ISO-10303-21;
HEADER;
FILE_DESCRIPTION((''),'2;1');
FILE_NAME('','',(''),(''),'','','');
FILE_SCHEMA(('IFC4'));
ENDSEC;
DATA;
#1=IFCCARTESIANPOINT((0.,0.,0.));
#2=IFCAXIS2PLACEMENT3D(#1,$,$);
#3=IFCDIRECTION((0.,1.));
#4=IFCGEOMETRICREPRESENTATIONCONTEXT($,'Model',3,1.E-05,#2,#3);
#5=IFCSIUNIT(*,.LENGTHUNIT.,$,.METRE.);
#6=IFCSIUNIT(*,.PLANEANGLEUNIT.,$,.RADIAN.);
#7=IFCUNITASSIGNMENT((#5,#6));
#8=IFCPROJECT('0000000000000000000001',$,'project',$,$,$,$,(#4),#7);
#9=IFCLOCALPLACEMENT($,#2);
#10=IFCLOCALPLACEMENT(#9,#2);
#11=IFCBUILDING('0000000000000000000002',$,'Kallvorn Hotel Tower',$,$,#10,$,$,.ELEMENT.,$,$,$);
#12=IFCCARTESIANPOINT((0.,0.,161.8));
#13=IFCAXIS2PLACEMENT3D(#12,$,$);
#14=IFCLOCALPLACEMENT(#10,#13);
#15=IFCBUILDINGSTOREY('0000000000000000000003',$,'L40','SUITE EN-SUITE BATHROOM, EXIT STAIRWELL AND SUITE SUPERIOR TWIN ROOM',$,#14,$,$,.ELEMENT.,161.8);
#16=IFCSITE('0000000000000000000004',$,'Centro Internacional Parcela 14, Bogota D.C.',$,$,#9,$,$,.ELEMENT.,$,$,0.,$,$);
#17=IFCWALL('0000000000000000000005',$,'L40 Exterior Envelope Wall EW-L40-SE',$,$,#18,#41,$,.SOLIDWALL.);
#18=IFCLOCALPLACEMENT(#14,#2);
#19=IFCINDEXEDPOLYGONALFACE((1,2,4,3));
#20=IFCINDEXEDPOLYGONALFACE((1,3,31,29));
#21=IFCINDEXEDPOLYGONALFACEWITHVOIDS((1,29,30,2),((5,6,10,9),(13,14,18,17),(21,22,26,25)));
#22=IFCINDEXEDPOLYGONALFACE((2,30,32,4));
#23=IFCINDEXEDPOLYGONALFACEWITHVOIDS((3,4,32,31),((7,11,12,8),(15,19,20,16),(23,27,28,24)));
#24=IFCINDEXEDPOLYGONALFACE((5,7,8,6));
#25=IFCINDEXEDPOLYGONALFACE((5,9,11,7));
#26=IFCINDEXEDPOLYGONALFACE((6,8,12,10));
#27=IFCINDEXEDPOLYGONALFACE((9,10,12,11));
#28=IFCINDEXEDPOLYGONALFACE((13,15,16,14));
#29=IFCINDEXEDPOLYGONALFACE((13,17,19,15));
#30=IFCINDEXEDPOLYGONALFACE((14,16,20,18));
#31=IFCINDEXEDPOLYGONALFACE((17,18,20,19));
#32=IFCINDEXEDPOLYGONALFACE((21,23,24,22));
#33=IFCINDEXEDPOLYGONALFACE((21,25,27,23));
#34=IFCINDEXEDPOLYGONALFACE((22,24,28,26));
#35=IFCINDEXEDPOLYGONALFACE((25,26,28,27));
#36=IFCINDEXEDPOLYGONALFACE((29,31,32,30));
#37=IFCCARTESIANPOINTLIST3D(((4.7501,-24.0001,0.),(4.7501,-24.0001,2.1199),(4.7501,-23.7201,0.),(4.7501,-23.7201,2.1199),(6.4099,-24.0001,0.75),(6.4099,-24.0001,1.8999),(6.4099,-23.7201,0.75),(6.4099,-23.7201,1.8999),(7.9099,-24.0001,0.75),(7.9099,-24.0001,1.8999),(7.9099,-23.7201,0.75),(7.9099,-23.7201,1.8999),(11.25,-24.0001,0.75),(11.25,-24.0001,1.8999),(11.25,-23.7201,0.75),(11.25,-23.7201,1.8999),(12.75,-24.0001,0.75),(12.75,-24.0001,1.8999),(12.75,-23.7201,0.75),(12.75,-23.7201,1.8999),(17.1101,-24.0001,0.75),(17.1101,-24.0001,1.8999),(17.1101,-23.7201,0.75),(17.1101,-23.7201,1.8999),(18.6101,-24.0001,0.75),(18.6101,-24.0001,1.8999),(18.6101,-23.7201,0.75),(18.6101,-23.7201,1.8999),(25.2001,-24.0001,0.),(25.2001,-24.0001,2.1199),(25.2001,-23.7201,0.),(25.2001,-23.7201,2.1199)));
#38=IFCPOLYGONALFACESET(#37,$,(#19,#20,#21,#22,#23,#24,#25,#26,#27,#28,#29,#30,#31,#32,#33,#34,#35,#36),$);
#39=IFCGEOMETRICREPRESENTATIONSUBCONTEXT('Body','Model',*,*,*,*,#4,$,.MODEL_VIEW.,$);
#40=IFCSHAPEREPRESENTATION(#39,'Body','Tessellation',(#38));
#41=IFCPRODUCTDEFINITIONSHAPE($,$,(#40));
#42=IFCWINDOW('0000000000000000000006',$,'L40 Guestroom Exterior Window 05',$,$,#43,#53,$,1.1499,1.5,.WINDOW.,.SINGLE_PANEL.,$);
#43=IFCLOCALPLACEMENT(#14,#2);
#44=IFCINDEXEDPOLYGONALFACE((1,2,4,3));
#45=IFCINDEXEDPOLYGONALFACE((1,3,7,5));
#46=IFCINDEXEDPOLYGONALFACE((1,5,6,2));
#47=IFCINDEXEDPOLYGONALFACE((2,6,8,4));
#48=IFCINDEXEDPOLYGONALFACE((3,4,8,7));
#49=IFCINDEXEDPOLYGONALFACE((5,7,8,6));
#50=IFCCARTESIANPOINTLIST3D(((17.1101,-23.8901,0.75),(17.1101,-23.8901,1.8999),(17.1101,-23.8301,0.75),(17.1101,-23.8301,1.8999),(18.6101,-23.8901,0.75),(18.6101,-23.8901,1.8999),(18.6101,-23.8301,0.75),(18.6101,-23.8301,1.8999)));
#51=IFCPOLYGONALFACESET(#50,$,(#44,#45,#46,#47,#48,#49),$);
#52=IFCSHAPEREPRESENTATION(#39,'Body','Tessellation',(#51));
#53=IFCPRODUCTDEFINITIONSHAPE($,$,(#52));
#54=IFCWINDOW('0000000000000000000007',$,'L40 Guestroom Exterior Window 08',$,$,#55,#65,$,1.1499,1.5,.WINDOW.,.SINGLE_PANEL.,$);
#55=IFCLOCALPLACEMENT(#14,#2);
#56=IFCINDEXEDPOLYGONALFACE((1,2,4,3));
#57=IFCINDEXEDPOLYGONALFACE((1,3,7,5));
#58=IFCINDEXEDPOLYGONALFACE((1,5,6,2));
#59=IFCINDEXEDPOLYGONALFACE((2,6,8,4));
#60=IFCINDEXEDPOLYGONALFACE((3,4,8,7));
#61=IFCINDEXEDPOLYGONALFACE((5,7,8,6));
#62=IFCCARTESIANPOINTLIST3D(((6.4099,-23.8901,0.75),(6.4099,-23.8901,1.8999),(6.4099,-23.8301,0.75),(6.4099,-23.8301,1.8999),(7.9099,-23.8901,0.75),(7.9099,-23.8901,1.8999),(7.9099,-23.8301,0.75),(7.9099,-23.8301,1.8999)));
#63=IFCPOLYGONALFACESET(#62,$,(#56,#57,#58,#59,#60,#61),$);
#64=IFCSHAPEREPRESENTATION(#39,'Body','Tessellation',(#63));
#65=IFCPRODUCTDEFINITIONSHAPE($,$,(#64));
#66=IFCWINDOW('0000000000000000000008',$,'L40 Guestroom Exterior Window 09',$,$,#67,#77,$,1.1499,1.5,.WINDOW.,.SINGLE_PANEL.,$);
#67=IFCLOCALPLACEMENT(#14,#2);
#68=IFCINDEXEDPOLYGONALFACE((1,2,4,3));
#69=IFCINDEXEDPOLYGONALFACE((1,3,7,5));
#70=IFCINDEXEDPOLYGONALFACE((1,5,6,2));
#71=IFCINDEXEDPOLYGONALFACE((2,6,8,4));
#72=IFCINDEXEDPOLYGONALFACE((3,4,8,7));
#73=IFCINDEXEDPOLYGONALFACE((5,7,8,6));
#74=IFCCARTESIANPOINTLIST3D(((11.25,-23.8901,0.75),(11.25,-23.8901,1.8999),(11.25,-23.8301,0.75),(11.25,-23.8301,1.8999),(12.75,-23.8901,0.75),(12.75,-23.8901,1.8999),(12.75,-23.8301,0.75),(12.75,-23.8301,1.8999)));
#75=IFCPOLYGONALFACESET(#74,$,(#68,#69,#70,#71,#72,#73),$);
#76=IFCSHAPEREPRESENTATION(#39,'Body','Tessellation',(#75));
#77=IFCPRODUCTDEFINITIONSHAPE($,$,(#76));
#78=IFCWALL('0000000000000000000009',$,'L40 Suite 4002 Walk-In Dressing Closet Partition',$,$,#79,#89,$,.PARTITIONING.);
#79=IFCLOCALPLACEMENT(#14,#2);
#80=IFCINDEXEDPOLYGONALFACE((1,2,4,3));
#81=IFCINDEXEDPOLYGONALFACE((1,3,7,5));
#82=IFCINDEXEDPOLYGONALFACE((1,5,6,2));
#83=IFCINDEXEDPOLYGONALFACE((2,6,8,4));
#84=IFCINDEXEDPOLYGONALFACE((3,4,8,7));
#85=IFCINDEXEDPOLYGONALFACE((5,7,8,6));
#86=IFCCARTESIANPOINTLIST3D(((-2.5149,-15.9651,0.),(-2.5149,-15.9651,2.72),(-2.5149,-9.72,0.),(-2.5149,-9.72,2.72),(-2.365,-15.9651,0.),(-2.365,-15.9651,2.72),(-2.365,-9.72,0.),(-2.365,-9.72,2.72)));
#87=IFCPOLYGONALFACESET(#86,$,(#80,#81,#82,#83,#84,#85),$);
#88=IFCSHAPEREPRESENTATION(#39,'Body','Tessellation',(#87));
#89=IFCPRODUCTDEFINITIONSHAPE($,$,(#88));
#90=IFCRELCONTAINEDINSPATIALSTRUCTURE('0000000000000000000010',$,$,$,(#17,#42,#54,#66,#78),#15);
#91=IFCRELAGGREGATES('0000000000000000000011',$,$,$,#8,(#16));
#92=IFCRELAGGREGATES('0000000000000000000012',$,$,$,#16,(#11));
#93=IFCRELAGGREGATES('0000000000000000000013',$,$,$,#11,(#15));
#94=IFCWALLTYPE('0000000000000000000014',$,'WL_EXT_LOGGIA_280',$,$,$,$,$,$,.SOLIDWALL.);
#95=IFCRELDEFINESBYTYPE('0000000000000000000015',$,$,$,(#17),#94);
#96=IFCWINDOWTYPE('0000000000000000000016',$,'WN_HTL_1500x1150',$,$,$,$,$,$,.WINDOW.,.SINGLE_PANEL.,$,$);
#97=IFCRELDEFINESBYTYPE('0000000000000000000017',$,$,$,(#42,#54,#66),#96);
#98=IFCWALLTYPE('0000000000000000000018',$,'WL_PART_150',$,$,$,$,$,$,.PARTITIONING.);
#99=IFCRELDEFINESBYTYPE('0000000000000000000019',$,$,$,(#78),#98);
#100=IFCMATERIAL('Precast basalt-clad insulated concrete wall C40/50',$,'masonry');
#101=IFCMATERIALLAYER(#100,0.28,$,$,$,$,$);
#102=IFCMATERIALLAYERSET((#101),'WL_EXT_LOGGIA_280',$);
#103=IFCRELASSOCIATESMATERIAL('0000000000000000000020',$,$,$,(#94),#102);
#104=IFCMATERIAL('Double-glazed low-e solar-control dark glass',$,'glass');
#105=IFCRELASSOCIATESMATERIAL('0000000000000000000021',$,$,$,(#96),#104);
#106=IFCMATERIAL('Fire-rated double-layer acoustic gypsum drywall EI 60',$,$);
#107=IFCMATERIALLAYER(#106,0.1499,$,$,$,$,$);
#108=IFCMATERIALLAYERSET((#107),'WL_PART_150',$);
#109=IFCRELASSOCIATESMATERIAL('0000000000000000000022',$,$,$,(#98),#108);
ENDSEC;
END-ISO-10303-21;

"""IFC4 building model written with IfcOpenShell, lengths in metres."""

from ifc_helpers import new_model, si_unit, direction, frame, frame_2d, origin, place, context, subcontext, project, spatial, rectangle, extrude, material, layer, layer_set, type_object, element, fill, save


model = new_model("IFC4")

# Units and contexts
model_context = context("Model", 3, precision=1e-05, world=origin(), true_north=direction((0.0, 1.0)))
body_context = subcontext(model_context, "Body", "Model", "MODEL_VIEW")
ifc_project = project(units=[si_unit("LENGTHUNIT", "METRE"), si_unit("PLANEANGLEUNIT", "RADIAN")], contexts=[model_context])

# Site, building, storey
site_placement = place(None, origin())
site = spatial("IfcSite", under=ifc_project, at=site_placement, Name="Centro Internacional Parcela 14, Bogota D.C.", CompositionType="ELEMENT", RefElevation=0.0)
building_placement = place(site_placement, origin())
building = spatial("IfcBuilding", under=site, at=building_placement, Name="Kallvorn Hotel Tower", CompositionType="ELEMENT")
storey_placement = place(building_placement, frame((0.0, 0.0, 161.8)))
storey = spatial("IfcBuildingStorey", under=building, at=storey_placement, Name="L40", Description="SUITE EN-SUITE BATHROOM, EXIT STAIRWELL AND SUITE SUPERIOR TWIN ROOM", CompositionType="ELEMENT", Elevation=161.8)

# Wall, openings, windows
ifc_material_1 = material(Name="Precast basalt-clad insulated concrete wall C40/50", Category="masonry")
ifc_layer_1 = layer(ifc_material_1, 0.28)
ifc_layer_set_1 = layer_set([ifc_layer_1], Name="WL_EXT_LOGGIA_280")
wall_type_1 = type_object("IfcWallType", Name="WL_EXT_LOGGIA_280", PredefinedType="SOLIDWALL", material=ifc_layer_set_1)
wall_1_placement = place(storey_placement, frame((4.75, -23.8601, 0.0), z_axis=(0.0, 0.0, 1.0), x_axis=(1.0, 0.0, 0.0)))
wall_1 = element("IfcWall", 1, at=wall_1_placement, inside=storey, type_object=wall_type_1, Name="L40 Exterior Envelope Wall EW-L40-SE", PredefinedType="SOLIDWALL", context=body_context, shape_type="SweptSolid", body=[
    extrude(rectangle(XDim=20.45, YDim=0.28, at=frame_2d((10.2251, 0.0))), origin(), (0.0, 0.0, 1.0), 2.1199),
])
opening_1_placement = place(wall_1_placement, frame((12.3601, 0.0, 0.75)))
opening_1 = element("IfcOpeningElement", 2, at=opening_1_placement, cuts=wall_1, PredefinedType="OPENING", context=body_context, shape_type="SweptSolid", body=[
    extrude(rectangle(XDim=1.5, YDim=1.1499, at=frame_2d((0.75, 0.575))), frame((0.0, 0.155, 0.0), z_axis=(0.0, -1.0, 0.0), x_axis=(1.0, 0.0, 0.0)), (0.0, 0.0, 1.0), 0.3101),
])
opening_2_placement = place(wall_1_placement, frame((1.6599, 0.0, 0.75)))
opening_2 = element("IfcOpeningElement", 3, at=opening_2_placement, cuts=wall_1, PredefinedType="OPENING", context=body_context, shape_type="SweptSolid", body=[
    extrude(rectangle(XDim=1.5, YDim=1.1499, at=frame_2d((0.75, 0.575))), frame((0.0, 0.155, 0.0), z_axis=(0.0, -1.0, 0.0), x_axis=(1.0, 0.0, 0.0)), (0.0, 0.0, 1.0), 0.3101),
])
opening_3_placement = place(wall_1_placement, frame((6.5, 0.0, 0.75)))
opening_3 = element("IfcOpeningElement", 4, at=opening_3_placement, cuts=wall_1, PredefinedType="OPENING", context=body_context, shape_type="SweptSolid", body=[
    extrude(rectangle(XDim=1.5, YDim=1.1499, at=frame_2d((0.75, 0.575))), frame((0.0, 0.155, 0.0), z_axis=(0.0, -1.0, 0.0), x_axis=(1.0, 0.0, 0.0)), (0.0, 0.0, 1.0), 0.3101),
])
ifc_material_2 = material(Name="Double-glazed low-e solar-control dark glass", Category="glass")
window_type = type_object("IfcWindowType", Name="WN_HTL_1500x1150", PartitioningType="SINGLE_PANEL", PredefinedType="WINDOW", material=ifc_material_2)
window_1_placement = place(opening_1_placement, origin())
window_1 = element("IfcWindow", 5, at=window_1_placement, inside=storey, type_object=window_type, Name="L40 Guestroom Exterior Window 05", OverallHeight=1.1499, OverallWidth=1.5, PartitioningType="SINGLE_PANEL", PredefinedType="WINDOW", context=body_context, shape_type="SweptSolid", body=[
    extrude(rectangle(XDim=1.5, YDim=1.1499, at=frame_2d((0.75, 0.575))), frame((0.0, 0.03, 0.0), z_axis=(0.0, -1.0, 0.0), x_axis=(1.0, 0.0, 0.0)), (0.0, 0.0, 1.0), 0.0601),
])
fill(opening_1, window_1)
window_2_placement = place(opening_2_placement, origin())
window_2 = element("IfcWindow", 6, at=window_2_placement, inside=storey, type_object=window_type, Name="L40 Guestroom Exterior Window 08", OverallHeight=1.1499, OverallWidth=1.5, PartitioningType="SINGLE_PANEL", PredefinedType="WINDOW", context=body_context, shape_type="SweptSolid", body=[
    extrude(rectangle(XDim=1.5, YDim=1.1499, at=frame_2d((0.75, 0.575))), frame((0.0, 0.03, 0.0), z_axis=(0.0, -1.0, 0.0), x_axis=(1.0, 0.0, 0.0)), (0.0, 0.0, 1.0), 0.0601),
])
fill(opening_2, window_2)
window_3_placement = place(opening_3_placement, origin())
window_3 = element("IfcWindow", 7, at=window_3_placement, inside=storey, type_object=window_type, Name="L40 Guestroom Exterior Window 09", OverallHeight=1.1499, OverallWidth=1.5, PartitioningType="SINGLE_PANEL", PredefinedType="WINDOW", context=body_context, shape_type="SweptSolid", body=[
    extrude(rectangle(XDim=1.5, YDim=1.1499, at=frame_2d((0.75, 0.575))), frame((0.0, 0.03, 0.0), z_axis=(0.0, -1.0, 0.0), x_axis=(1.0, 0.0, 0.0)), (0.0, 0.0, 1.0), 0.0601),
])
fill(opening_3, window_3)

# Wall
ifc_material_3 = material(Name="Fire-rated double-layer acoustic gypsum drywall EI 60")
ifc_layer_2 = layer(ifc_material_3, 0.1499)
ifc_layer_set_2 = layer_set([ifc_layer_2], Name="WL_PART_150")
wall_type_2 = type_object("IfcWallType", Name="WL_PART_150", PredefinedType="PARTITIONING", material=ifc_layer_set_2)
wall_2_placement = place(storey_placement, frame((-2.4399, -15.9651, 0.0), z_axis=(0.0, 0.0, 1.0), x_axis=(0.0, 1.0, 0.0)))
element("IfcWall", 8, at=wall_2_placement, inside=storey, type_object=wall_type_2, Name="L40 Suite 4002 Walk-In Dressing Closet Partition", PredefinedType="PARTITIONING", context=body_context, shape_type="SweptSolid", body=[
    extrude(rectangle(XDim=6.2451, YDim=0.1499, at=frame_2d((3.1226, 0.0))), origin(), (0.0, 0.0, 1.0), 2.72),
])

save(model, "model.ifc")
